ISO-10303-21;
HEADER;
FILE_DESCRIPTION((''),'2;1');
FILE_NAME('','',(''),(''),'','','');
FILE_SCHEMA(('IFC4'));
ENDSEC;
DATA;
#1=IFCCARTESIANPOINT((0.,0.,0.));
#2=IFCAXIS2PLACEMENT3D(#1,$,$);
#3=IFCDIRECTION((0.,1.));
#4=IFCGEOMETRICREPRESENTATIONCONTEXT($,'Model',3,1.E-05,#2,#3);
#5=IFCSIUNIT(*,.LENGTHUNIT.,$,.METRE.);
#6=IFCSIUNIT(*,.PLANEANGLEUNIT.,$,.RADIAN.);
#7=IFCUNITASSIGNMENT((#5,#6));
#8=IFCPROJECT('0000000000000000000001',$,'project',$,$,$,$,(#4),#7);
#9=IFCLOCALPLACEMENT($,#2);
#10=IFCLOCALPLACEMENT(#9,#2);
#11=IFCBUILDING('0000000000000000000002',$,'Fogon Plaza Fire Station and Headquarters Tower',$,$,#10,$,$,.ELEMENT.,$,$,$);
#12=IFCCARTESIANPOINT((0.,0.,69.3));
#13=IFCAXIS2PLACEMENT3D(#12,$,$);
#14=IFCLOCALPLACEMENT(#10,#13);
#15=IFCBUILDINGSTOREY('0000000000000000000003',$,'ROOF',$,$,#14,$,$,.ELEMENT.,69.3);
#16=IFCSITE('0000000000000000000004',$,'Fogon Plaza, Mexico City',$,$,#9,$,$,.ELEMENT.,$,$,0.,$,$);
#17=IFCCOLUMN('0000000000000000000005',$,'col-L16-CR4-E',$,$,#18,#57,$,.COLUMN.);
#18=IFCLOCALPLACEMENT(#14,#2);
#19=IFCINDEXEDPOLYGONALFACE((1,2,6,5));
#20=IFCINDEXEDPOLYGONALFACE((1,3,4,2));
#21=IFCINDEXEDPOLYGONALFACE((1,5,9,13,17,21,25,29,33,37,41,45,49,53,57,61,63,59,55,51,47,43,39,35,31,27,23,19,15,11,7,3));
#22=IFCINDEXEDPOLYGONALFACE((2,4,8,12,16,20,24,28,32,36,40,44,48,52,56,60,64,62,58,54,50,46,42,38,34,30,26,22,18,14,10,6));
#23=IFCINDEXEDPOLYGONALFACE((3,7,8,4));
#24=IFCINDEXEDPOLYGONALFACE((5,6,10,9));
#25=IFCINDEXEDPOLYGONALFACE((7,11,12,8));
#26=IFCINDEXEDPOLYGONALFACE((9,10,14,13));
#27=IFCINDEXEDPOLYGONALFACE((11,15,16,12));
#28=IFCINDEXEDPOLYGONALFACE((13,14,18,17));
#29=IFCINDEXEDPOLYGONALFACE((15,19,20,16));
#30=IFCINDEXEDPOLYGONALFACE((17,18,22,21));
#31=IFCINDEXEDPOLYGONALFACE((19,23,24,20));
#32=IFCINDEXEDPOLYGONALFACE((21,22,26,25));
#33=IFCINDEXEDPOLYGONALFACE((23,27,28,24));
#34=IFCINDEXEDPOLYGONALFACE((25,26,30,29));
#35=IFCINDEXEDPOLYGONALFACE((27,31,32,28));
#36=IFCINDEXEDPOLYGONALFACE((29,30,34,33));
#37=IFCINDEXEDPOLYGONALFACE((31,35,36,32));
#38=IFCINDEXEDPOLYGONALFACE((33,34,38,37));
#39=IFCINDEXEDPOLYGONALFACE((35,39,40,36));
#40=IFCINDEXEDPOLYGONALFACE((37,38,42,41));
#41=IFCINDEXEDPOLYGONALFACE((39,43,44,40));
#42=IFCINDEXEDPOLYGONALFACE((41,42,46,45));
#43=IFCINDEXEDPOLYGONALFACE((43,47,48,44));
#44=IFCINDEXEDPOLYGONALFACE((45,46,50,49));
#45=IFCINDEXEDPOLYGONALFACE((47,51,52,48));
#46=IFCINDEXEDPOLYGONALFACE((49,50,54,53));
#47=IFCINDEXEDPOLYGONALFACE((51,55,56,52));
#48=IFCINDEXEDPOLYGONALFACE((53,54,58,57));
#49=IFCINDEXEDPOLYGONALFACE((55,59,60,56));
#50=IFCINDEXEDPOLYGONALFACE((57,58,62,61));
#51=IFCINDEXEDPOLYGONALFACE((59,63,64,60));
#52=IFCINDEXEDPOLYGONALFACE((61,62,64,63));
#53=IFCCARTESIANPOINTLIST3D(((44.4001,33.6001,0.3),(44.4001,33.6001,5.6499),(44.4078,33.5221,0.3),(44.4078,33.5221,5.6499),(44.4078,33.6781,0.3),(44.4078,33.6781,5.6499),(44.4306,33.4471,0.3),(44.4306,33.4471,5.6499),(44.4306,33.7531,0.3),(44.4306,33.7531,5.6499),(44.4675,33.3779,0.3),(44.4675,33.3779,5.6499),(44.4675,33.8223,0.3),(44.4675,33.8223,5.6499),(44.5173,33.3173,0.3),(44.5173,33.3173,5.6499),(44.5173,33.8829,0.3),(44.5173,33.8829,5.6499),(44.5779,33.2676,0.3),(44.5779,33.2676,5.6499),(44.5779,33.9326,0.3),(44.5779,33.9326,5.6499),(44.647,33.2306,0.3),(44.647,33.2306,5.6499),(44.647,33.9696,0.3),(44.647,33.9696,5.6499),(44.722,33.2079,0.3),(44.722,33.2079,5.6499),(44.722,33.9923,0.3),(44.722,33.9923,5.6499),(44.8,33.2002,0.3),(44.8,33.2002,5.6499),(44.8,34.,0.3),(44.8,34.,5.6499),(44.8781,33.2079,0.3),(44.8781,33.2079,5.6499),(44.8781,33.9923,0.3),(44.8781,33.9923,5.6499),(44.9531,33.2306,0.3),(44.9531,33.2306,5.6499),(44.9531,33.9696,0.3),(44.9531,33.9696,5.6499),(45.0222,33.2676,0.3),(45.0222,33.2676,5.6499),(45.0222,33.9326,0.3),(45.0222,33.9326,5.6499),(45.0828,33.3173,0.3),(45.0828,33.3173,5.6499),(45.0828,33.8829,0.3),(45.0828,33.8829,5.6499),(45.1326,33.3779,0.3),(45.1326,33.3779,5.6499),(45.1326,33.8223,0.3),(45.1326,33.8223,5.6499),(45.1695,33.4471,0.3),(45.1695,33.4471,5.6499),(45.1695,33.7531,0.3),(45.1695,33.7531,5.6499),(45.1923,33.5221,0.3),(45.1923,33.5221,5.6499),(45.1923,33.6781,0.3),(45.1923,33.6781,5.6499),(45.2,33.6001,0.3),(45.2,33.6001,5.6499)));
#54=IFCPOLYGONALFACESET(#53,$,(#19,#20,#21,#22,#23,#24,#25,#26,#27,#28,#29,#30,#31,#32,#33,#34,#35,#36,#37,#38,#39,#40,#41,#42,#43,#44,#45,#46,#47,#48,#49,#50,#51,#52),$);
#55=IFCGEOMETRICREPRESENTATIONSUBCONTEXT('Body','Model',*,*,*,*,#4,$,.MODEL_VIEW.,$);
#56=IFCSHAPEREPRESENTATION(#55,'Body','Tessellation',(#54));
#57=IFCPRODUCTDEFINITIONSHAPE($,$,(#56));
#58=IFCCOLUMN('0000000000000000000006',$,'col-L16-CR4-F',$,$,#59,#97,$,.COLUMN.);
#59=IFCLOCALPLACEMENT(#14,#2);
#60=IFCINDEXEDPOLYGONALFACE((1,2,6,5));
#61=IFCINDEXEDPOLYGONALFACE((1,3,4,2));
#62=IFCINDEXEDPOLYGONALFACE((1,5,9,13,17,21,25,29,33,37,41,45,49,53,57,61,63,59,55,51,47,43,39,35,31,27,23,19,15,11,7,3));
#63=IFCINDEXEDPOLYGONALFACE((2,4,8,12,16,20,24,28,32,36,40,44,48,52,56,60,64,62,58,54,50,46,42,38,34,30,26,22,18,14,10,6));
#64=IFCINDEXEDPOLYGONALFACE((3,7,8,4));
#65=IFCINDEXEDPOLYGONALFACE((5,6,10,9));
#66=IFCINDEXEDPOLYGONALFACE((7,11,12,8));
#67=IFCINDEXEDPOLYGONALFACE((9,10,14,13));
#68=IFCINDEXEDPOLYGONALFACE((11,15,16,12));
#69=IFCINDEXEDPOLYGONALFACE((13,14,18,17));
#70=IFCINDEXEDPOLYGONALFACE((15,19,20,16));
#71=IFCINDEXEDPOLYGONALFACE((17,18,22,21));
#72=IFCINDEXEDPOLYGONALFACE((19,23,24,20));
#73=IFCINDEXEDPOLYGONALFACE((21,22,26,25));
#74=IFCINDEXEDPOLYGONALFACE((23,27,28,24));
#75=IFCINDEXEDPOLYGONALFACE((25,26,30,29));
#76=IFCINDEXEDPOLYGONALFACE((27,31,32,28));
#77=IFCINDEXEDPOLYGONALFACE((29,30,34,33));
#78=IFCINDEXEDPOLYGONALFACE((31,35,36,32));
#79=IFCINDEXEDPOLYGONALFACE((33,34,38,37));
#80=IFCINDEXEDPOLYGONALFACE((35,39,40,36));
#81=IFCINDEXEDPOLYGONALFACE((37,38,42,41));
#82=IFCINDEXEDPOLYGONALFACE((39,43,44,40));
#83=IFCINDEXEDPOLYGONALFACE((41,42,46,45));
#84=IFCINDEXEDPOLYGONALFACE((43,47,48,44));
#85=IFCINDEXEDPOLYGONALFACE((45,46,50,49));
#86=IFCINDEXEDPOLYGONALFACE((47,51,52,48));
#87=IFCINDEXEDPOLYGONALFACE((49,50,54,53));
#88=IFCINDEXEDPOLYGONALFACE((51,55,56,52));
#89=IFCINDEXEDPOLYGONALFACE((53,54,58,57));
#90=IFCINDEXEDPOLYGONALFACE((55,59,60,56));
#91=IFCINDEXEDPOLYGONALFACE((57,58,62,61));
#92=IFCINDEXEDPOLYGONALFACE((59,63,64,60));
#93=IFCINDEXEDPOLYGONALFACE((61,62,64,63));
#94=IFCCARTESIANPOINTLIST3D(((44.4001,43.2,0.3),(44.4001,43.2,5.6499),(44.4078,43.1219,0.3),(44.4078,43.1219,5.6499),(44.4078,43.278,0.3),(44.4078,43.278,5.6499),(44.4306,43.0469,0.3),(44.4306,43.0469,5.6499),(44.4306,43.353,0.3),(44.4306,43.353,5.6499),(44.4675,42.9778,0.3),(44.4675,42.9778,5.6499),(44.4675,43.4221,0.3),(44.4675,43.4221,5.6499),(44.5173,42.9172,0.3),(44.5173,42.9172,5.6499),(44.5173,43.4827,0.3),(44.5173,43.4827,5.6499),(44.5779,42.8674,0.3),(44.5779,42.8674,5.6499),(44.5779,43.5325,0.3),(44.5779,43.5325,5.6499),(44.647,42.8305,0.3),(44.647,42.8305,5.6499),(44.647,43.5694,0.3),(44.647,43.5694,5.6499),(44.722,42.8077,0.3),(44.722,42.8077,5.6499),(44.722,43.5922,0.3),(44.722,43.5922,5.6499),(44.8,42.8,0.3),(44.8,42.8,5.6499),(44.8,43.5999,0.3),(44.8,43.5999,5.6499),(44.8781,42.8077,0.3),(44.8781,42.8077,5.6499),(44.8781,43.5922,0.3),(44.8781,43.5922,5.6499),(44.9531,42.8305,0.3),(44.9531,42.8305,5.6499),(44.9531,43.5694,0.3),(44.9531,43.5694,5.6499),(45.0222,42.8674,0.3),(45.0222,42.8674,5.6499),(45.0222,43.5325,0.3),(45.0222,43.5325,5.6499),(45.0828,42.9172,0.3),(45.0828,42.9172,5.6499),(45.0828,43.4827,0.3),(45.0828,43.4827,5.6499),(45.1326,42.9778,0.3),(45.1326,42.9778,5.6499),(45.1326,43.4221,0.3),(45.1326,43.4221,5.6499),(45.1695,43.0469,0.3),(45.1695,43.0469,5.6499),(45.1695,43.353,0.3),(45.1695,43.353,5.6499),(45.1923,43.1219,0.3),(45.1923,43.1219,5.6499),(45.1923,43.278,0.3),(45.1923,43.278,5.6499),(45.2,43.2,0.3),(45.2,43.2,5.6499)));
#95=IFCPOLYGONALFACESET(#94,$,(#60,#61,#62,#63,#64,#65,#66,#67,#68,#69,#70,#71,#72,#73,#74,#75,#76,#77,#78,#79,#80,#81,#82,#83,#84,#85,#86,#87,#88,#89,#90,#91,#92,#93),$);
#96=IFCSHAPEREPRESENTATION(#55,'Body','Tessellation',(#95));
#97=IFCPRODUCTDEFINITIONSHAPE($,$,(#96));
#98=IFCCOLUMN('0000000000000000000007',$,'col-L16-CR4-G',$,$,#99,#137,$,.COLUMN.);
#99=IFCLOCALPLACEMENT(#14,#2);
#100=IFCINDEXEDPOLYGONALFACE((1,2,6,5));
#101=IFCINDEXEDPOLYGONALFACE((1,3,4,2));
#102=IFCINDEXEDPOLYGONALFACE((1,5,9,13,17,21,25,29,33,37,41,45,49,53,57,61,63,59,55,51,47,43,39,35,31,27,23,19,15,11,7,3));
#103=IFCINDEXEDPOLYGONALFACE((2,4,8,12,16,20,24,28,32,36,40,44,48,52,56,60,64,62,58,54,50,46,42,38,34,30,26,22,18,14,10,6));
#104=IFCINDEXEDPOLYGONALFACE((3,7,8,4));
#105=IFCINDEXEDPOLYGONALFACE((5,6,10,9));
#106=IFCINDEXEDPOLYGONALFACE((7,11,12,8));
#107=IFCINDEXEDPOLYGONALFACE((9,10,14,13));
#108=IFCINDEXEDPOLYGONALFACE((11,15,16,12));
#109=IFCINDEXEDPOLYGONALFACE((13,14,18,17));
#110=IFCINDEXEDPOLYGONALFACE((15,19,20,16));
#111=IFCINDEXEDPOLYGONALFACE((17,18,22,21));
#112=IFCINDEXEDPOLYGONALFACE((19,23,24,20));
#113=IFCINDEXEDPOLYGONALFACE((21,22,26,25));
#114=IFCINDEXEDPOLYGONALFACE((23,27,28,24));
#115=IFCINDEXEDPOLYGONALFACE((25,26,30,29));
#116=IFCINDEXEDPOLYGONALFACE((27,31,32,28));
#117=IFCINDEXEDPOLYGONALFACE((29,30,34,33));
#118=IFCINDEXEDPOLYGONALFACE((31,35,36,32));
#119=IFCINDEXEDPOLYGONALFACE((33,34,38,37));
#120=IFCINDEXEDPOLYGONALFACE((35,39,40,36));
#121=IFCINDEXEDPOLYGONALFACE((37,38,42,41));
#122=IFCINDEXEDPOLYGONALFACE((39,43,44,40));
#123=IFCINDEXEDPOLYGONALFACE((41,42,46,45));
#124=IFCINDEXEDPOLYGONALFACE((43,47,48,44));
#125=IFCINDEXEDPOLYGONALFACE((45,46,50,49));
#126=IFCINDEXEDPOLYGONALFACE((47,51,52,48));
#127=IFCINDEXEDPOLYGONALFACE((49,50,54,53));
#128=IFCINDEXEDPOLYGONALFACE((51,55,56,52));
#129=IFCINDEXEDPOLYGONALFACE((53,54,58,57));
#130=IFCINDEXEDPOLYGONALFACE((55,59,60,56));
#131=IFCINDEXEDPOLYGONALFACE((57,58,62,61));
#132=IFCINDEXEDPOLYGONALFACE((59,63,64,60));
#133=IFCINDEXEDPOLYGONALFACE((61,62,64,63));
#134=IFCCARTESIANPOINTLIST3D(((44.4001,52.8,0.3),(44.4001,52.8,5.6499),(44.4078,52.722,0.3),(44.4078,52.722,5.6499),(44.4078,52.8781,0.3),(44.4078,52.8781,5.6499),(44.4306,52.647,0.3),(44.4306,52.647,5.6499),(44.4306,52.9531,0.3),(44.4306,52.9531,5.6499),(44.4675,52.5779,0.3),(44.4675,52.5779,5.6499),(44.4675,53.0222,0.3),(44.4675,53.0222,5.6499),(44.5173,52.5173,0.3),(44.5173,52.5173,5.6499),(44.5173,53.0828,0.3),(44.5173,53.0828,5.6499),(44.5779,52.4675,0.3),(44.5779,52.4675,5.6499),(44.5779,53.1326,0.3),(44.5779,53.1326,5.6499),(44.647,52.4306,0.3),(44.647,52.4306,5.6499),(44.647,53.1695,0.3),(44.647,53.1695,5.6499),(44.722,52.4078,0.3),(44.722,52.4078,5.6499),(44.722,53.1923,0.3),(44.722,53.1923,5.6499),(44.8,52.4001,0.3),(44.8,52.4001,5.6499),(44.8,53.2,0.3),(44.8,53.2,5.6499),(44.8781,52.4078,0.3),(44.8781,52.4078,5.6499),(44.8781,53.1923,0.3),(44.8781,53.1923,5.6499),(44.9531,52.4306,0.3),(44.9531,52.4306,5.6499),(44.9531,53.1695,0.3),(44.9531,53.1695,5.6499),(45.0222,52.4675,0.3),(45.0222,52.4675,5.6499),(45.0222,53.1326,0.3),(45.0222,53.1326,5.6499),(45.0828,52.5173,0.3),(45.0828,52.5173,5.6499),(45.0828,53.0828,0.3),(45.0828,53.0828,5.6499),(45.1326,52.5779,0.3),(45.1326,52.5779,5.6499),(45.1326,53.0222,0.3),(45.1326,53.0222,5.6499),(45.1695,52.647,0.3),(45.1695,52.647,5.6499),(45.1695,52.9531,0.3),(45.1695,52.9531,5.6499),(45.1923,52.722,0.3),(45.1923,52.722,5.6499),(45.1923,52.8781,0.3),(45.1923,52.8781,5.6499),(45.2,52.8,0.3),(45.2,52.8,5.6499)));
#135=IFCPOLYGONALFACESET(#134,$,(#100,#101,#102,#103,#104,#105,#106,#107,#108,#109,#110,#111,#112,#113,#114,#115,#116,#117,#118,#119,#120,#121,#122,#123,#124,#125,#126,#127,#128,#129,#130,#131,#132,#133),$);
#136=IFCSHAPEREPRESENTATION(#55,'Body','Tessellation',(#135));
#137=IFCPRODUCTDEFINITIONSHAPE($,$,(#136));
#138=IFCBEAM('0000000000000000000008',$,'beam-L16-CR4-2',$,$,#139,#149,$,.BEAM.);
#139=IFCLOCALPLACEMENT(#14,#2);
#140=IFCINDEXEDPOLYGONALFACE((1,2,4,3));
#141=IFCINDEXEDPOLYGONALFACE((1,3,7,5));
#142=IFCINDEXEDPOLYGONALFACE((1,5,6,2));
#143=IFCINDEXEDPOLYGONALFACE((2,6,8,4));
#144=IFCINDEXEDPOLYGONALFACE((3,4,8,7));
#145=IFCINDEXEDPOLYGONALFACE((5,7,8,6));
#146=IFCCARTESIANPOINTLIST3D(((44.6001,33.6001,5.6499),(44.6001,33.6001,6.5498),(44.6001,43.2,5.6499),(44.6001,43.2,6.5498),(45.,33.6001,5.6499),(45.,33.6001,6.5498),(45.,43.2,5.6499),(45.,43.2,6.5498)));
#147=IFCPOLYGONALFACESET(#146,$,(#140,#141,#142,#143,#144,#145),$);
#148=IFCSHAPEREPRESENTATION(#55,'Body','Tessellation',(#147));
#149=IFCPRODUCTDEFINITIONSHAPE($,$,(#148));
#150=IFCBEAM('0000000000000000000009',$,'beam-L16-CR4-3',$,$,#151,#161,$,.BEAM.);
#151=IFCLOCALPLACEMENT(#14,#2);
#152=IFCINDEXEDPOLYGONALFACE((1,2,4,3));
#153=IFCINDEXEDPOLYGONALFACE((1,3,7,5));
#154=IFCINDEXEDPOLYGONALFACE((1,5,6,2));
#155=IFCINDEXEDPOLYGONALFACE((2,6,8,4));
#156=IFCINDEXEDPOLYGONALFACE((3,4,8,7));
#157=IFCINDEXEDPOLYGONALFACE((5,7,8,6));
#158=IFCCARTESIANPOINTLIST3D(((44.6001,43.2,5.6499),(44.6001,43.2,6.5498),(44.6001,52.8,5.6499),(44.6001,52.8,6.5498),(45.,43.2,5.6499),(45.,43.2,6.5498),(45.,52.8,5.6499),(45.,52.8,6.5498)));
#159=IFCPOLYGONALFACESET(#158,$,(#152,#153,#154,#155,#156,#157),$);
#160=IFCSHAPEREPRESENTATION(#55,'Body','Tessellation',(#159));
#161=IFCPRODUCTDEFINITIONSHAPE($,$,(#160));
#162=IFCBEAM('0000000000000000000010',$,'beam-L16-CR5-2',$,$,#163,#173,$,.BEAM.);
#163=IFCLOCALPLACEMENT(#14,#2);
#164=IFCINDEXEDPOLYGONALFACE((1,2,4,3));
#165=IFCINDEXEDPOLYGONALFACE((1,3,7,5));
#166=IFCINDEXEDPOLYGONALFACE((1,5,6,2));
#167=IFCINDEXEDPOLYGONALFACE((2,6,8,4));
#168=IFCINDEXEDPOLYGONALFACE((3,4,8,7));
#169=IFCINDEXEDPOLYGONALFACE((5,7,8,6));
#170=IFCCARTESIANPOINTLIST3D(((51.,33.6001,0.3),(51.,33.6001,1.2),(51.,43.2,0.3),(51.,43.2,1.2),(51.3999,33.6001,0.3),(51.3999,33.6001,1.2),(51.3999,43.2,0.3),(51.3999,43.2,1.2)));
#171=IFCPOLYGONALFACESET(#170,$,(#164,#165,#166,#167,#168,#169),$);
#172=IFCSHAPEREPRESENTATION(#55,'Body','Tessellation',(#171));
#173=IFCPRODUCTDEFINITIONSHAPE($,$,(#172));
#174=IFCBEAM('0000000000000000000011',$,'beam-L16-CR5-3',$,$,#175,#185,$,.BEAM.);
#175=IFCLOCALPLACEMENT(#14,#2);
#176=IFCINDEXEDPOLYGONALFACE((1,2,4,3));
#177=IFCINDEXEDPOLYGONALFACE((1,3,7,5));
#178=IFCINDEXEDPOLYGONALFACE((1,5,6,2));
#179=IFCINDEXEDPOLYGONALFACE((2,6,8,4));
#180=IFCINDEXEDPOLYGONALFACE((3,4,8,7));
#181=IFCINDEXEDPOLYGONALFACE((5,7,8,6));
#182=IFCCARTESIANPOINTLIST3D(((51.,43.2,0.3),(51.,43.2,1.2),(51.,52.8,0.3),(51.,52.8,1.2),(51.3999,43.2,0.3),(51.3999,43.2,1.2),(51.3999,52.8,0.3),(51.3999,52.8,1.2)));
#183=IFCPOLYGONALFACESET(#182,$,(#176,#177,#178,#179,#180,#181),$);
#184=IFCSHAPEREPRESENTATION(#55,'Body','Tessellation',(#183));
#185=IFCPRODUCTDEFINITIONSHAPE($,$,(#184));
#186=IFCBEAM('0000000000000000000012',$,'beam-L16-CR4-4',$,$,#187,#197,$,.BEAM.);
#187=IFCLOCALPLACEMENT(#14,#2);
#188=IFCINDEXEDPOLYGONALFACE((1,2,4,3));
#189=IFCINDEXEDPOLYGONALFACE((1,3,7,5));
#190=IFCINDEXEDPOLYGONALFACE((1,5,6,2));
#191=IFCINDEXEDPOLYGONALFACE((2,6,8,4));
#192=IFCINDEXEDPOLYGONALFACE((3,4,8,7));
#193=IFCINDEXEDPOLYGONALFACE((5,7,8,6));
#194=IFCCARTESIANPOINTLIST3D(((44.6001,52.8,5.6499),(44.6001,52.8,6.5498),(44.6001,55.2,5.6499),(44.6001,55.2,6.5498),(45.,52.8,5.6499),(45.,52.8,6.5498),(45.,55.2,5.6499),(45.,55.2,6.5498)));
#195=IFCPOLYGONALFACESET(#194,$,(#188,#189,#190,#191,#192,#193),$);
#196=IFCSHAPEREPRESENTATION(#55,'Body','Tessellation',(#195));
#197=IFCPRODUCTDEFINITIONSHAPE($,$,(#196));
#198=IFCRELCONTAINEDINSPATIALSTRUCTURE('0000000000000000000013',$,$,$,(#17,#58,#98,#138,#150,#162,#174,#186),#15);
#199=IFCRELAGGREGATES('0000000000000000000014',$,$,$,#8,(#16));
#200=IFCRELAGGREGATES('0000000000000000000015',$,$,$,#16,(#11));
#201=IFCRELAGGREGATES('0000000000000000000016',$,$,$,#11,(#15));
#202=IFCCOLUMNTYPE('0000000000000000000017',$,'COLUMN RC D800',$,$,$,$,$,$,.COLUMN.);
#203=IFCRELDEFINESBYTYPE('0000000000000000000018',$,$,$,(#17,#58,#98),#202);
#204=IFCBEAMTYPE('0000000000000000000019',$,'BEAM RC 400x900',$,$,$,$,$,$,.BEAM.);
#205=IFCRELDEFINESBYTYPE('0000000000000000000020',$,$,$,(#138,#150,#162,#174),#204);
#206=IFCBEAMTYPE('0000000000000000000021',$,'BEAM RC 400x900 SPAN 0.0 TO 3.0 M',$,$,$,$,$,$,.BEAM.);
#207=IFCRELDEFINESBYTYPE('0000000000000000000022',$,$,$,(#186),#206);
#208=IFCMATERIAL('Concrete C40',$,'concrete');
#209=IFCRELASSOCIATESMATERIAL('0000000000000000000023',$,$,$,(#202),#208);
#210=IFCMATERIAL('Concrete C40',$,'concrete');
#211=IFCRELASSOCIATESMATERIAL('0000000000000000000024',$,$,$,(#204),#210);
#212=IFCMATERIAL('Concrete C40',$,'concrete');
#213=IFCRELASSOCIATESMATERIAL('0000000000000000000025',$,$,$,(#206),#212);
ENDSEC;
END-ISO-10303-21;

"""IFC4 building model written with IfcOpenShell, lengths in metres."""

from ifc_helpers import new_model, si_unit, direction, frame, origin, origin_2d, place, context, subcontext, project, spatial, rectangle, circle, extrude, material, material_profile, profile_set, type_object, element, save


model = new_model("IFC4")

# Units and contexts
model_context = context("Model", 3, precision=1e-05, world=origin(), true_north=direction((0.0, 1.0)))
body_context = subcontext(model_context, "Body", "Model", "MODEL_VIEW")
ifc_project = project(units=[si_unit("LENGTHUNIT", "METRE"), si_unit("PLANEANGLEUNIT", "RADIAN")], contexts=[model_context])

# Site, building, storey
site_placement = place(None, origin())
site = spatial("IfcSite", under=ifc_project, at=site_placement, Name="Fogon Plaza, Mexico City", CompositionType="ELEMENT", RefElevation=0.0)
building_placement = place(site_placement, origin())
building = spatial("IfcBuilding", under=site, at=building_placement, Name="Fogon Plaza Fire Station and Headquarters Tower", CompositionType="ELEMENT")
storey_placement = place(building_placement, frame((0.0, 0.0, 69.3)))
storey = spatial("IfcBuildingStorey", under=building, at=storey_placement, Name="ROOF", CompositionType="ELEMENT", Elevation=69.3)

# Columns
ifc_material_1 = material(Name="Concrete C40", Category="concrete")
ifc_material_profile_1 = material_profile(ifc_material_1, circle(Radius=0.3999, at=origin_2d()), Name="RC D800")
ifc_profile_set_1 = profile_set([ifc_material_profile_1], Name="Concrete C40")
column_type = type_object("IfcColumnType", Name="COLUMN RC D800", PredefinedType="COLUMN", material=ifc_profile_set_1)
for number, where, z_axis, x_axis, name in (
    (1, (44.8, 33.6001, 0.3), (0.0, 0.0, 1.0), (1.0, 0.0, 0.0), "col-L16-CR4-E"),
    (2, (44.8, 43.2, 0.3), (0.0, 0.0, 1.0), (1.0, 0.0, 0.0), "col-L16-CR4-F"),
    (3, (44.8, 52.8, 0.3), (0.0, 0.0, 1.0), (1.0, 0.0, 0.0), "col-L16-CR4-G"),
):
    element("IfcColumn", number, at=place(storey_placement, frame(where, z_axis=z_axis, x_axis=x_axis)), inside=storey, type_object=column_type, Name=name, PredefinedType="COLUMN", context=body_context, shape_type="SweptSolid", body=[
        extrude(circle(Radius=0.3999, at=origin_2d()), origin(), (0.0, 0.0, 1.0), 5.3499),
    ])

# Beams
ifc_material_2 = material(Name="Concrete C40", Category="concrete")
ifc_material_profile_2 = material_profile(ifc_material_2, rectangle(XDim=0.3999, YDim=0.8999, at=origin_2d()), Name="RC 400x900")
ifc_profile_set_2 = profile_set([ifc_material_profile_2], Name="Concrete C40")
beam_type_1 = type_object("IfcBeamType", Name="BEAM RC 400x900", PredefinedType="BEAM", material=ifc_profile_set_2)
beam_1_placement = place(storey_placement, frame((44.8, 33.6001, 6.0999), z_axis=(0.0, 1.0, 0.0), x_axis=(-1.0, 0.0, 0.0)))
element("IfcBeam", 4, at=beam_1_placement, inside=storey, type_object=beam_type_1, Name="beam-L16-CR4-2", PredefinedType="BEAM", context=body_context, shape_type="SweptSolid", body=[
    extrude(rectangle(XDim=0.3999, YDim=0.8999, at=origin_2d()), origin(), (0.0, 0.0, 1.0), 9.5999),
])
beam_2_placement = place(storey_placement, frame((44.8, 43.2, 6.0999), z_axis=(0.0, 1.0, 0.0), x_axis=(-1.0, 0.0, 0.0)))
element("IfcBeam", 5, at=beam_2_placement, inside=storey, type_object=beam_type_1, Name="beam-L16-CR4-3", PredefinedType="BEAM", context=body_context, shape_type="SweptSolid", body=[
    extrude(rectangle(XDim=0.3999, YDim=0.8999, at=origin_2d()), origin(), (0.0, 0.0, 1.0), 9.6001),
])
beam_3_placement = place(storey_placement, frame((51.2, 33.6001, 0.75), z_axis=(0.0, 1.0, 0.0), x_axis=(-1.0, 0.0, 0.0)))
element("IfcBeam", 6, at=beam_3_placement, inside=storey, type_object=beam_type_1, Name="beam-L16-CR5-2", PredefinedType="BEAM", context=body_context, shape_type="SweptSolid", body=[
    extrude(rectangle(XDim=0.3999, YDim=0.8999, at=origin_2d()), origin(), (0.0, 0.0, 1.0), 9.5999),
])
beam_4_placement = place(storey_placement, frame((51.2, 43.2, 0.75), z_axis=(0.0, 1.0, 0.0), x_axis=(-1.0, 0.0, 0.0)))
element("IfcBeam", 7, at=beam_4_placement, inside=storey, type_object=beam_type_1, Name="beam-L16-CR5-3", PredefinedType="BEAM", context=body_context, shape_type="SweptSolid", body=[
    extrude(rectangle(XDim=0.3999, YDim=0.8999, at=origin_2d()), origin(), (0.0, 0.0, 1.0), 9.6001),
])
ifc_material_3 = material(Name="Concrete C40", Category="concrete")
ifc_material_profile_3 = material_profile(ifc_material_3, rectangle(XDim=0.3999, YDim=0.8999, at=origin_2d()), Name="RC 400x900")
ifc_profile_set_3 = profile_set([ifc_material_profile_3], Name="Concrete C40")
beam_type_2 = type_object("IfcBeamType", Name="BEAM RC 400x900 SPAN 0.0 TO 3.0 M", PredefinedType="BEAM", material=ifc_profile_set_3)
beam_5_placement = place(storey_placement, frame((44.8, 52.8, 6.0999), z_axis=(0.0, 1.0, 0.0), x_axis=(-1.0, 0.0, 0.0)))
element("IfcBeam", 8, at=beam_5_placement, inside=storey, type_object=beam_type_2, Name="beam-L16-CR4-4", PredefinedType="BEAM", context=body_context, shape_type="SweptSolid", body=[
    extrude(rectangle(XDim=0.3999, YDim=0.8999, at=origin_2d()), origin(), (0.0, 0.0, 1.0), 2.3999),
])

save(model, "model.ifc")
